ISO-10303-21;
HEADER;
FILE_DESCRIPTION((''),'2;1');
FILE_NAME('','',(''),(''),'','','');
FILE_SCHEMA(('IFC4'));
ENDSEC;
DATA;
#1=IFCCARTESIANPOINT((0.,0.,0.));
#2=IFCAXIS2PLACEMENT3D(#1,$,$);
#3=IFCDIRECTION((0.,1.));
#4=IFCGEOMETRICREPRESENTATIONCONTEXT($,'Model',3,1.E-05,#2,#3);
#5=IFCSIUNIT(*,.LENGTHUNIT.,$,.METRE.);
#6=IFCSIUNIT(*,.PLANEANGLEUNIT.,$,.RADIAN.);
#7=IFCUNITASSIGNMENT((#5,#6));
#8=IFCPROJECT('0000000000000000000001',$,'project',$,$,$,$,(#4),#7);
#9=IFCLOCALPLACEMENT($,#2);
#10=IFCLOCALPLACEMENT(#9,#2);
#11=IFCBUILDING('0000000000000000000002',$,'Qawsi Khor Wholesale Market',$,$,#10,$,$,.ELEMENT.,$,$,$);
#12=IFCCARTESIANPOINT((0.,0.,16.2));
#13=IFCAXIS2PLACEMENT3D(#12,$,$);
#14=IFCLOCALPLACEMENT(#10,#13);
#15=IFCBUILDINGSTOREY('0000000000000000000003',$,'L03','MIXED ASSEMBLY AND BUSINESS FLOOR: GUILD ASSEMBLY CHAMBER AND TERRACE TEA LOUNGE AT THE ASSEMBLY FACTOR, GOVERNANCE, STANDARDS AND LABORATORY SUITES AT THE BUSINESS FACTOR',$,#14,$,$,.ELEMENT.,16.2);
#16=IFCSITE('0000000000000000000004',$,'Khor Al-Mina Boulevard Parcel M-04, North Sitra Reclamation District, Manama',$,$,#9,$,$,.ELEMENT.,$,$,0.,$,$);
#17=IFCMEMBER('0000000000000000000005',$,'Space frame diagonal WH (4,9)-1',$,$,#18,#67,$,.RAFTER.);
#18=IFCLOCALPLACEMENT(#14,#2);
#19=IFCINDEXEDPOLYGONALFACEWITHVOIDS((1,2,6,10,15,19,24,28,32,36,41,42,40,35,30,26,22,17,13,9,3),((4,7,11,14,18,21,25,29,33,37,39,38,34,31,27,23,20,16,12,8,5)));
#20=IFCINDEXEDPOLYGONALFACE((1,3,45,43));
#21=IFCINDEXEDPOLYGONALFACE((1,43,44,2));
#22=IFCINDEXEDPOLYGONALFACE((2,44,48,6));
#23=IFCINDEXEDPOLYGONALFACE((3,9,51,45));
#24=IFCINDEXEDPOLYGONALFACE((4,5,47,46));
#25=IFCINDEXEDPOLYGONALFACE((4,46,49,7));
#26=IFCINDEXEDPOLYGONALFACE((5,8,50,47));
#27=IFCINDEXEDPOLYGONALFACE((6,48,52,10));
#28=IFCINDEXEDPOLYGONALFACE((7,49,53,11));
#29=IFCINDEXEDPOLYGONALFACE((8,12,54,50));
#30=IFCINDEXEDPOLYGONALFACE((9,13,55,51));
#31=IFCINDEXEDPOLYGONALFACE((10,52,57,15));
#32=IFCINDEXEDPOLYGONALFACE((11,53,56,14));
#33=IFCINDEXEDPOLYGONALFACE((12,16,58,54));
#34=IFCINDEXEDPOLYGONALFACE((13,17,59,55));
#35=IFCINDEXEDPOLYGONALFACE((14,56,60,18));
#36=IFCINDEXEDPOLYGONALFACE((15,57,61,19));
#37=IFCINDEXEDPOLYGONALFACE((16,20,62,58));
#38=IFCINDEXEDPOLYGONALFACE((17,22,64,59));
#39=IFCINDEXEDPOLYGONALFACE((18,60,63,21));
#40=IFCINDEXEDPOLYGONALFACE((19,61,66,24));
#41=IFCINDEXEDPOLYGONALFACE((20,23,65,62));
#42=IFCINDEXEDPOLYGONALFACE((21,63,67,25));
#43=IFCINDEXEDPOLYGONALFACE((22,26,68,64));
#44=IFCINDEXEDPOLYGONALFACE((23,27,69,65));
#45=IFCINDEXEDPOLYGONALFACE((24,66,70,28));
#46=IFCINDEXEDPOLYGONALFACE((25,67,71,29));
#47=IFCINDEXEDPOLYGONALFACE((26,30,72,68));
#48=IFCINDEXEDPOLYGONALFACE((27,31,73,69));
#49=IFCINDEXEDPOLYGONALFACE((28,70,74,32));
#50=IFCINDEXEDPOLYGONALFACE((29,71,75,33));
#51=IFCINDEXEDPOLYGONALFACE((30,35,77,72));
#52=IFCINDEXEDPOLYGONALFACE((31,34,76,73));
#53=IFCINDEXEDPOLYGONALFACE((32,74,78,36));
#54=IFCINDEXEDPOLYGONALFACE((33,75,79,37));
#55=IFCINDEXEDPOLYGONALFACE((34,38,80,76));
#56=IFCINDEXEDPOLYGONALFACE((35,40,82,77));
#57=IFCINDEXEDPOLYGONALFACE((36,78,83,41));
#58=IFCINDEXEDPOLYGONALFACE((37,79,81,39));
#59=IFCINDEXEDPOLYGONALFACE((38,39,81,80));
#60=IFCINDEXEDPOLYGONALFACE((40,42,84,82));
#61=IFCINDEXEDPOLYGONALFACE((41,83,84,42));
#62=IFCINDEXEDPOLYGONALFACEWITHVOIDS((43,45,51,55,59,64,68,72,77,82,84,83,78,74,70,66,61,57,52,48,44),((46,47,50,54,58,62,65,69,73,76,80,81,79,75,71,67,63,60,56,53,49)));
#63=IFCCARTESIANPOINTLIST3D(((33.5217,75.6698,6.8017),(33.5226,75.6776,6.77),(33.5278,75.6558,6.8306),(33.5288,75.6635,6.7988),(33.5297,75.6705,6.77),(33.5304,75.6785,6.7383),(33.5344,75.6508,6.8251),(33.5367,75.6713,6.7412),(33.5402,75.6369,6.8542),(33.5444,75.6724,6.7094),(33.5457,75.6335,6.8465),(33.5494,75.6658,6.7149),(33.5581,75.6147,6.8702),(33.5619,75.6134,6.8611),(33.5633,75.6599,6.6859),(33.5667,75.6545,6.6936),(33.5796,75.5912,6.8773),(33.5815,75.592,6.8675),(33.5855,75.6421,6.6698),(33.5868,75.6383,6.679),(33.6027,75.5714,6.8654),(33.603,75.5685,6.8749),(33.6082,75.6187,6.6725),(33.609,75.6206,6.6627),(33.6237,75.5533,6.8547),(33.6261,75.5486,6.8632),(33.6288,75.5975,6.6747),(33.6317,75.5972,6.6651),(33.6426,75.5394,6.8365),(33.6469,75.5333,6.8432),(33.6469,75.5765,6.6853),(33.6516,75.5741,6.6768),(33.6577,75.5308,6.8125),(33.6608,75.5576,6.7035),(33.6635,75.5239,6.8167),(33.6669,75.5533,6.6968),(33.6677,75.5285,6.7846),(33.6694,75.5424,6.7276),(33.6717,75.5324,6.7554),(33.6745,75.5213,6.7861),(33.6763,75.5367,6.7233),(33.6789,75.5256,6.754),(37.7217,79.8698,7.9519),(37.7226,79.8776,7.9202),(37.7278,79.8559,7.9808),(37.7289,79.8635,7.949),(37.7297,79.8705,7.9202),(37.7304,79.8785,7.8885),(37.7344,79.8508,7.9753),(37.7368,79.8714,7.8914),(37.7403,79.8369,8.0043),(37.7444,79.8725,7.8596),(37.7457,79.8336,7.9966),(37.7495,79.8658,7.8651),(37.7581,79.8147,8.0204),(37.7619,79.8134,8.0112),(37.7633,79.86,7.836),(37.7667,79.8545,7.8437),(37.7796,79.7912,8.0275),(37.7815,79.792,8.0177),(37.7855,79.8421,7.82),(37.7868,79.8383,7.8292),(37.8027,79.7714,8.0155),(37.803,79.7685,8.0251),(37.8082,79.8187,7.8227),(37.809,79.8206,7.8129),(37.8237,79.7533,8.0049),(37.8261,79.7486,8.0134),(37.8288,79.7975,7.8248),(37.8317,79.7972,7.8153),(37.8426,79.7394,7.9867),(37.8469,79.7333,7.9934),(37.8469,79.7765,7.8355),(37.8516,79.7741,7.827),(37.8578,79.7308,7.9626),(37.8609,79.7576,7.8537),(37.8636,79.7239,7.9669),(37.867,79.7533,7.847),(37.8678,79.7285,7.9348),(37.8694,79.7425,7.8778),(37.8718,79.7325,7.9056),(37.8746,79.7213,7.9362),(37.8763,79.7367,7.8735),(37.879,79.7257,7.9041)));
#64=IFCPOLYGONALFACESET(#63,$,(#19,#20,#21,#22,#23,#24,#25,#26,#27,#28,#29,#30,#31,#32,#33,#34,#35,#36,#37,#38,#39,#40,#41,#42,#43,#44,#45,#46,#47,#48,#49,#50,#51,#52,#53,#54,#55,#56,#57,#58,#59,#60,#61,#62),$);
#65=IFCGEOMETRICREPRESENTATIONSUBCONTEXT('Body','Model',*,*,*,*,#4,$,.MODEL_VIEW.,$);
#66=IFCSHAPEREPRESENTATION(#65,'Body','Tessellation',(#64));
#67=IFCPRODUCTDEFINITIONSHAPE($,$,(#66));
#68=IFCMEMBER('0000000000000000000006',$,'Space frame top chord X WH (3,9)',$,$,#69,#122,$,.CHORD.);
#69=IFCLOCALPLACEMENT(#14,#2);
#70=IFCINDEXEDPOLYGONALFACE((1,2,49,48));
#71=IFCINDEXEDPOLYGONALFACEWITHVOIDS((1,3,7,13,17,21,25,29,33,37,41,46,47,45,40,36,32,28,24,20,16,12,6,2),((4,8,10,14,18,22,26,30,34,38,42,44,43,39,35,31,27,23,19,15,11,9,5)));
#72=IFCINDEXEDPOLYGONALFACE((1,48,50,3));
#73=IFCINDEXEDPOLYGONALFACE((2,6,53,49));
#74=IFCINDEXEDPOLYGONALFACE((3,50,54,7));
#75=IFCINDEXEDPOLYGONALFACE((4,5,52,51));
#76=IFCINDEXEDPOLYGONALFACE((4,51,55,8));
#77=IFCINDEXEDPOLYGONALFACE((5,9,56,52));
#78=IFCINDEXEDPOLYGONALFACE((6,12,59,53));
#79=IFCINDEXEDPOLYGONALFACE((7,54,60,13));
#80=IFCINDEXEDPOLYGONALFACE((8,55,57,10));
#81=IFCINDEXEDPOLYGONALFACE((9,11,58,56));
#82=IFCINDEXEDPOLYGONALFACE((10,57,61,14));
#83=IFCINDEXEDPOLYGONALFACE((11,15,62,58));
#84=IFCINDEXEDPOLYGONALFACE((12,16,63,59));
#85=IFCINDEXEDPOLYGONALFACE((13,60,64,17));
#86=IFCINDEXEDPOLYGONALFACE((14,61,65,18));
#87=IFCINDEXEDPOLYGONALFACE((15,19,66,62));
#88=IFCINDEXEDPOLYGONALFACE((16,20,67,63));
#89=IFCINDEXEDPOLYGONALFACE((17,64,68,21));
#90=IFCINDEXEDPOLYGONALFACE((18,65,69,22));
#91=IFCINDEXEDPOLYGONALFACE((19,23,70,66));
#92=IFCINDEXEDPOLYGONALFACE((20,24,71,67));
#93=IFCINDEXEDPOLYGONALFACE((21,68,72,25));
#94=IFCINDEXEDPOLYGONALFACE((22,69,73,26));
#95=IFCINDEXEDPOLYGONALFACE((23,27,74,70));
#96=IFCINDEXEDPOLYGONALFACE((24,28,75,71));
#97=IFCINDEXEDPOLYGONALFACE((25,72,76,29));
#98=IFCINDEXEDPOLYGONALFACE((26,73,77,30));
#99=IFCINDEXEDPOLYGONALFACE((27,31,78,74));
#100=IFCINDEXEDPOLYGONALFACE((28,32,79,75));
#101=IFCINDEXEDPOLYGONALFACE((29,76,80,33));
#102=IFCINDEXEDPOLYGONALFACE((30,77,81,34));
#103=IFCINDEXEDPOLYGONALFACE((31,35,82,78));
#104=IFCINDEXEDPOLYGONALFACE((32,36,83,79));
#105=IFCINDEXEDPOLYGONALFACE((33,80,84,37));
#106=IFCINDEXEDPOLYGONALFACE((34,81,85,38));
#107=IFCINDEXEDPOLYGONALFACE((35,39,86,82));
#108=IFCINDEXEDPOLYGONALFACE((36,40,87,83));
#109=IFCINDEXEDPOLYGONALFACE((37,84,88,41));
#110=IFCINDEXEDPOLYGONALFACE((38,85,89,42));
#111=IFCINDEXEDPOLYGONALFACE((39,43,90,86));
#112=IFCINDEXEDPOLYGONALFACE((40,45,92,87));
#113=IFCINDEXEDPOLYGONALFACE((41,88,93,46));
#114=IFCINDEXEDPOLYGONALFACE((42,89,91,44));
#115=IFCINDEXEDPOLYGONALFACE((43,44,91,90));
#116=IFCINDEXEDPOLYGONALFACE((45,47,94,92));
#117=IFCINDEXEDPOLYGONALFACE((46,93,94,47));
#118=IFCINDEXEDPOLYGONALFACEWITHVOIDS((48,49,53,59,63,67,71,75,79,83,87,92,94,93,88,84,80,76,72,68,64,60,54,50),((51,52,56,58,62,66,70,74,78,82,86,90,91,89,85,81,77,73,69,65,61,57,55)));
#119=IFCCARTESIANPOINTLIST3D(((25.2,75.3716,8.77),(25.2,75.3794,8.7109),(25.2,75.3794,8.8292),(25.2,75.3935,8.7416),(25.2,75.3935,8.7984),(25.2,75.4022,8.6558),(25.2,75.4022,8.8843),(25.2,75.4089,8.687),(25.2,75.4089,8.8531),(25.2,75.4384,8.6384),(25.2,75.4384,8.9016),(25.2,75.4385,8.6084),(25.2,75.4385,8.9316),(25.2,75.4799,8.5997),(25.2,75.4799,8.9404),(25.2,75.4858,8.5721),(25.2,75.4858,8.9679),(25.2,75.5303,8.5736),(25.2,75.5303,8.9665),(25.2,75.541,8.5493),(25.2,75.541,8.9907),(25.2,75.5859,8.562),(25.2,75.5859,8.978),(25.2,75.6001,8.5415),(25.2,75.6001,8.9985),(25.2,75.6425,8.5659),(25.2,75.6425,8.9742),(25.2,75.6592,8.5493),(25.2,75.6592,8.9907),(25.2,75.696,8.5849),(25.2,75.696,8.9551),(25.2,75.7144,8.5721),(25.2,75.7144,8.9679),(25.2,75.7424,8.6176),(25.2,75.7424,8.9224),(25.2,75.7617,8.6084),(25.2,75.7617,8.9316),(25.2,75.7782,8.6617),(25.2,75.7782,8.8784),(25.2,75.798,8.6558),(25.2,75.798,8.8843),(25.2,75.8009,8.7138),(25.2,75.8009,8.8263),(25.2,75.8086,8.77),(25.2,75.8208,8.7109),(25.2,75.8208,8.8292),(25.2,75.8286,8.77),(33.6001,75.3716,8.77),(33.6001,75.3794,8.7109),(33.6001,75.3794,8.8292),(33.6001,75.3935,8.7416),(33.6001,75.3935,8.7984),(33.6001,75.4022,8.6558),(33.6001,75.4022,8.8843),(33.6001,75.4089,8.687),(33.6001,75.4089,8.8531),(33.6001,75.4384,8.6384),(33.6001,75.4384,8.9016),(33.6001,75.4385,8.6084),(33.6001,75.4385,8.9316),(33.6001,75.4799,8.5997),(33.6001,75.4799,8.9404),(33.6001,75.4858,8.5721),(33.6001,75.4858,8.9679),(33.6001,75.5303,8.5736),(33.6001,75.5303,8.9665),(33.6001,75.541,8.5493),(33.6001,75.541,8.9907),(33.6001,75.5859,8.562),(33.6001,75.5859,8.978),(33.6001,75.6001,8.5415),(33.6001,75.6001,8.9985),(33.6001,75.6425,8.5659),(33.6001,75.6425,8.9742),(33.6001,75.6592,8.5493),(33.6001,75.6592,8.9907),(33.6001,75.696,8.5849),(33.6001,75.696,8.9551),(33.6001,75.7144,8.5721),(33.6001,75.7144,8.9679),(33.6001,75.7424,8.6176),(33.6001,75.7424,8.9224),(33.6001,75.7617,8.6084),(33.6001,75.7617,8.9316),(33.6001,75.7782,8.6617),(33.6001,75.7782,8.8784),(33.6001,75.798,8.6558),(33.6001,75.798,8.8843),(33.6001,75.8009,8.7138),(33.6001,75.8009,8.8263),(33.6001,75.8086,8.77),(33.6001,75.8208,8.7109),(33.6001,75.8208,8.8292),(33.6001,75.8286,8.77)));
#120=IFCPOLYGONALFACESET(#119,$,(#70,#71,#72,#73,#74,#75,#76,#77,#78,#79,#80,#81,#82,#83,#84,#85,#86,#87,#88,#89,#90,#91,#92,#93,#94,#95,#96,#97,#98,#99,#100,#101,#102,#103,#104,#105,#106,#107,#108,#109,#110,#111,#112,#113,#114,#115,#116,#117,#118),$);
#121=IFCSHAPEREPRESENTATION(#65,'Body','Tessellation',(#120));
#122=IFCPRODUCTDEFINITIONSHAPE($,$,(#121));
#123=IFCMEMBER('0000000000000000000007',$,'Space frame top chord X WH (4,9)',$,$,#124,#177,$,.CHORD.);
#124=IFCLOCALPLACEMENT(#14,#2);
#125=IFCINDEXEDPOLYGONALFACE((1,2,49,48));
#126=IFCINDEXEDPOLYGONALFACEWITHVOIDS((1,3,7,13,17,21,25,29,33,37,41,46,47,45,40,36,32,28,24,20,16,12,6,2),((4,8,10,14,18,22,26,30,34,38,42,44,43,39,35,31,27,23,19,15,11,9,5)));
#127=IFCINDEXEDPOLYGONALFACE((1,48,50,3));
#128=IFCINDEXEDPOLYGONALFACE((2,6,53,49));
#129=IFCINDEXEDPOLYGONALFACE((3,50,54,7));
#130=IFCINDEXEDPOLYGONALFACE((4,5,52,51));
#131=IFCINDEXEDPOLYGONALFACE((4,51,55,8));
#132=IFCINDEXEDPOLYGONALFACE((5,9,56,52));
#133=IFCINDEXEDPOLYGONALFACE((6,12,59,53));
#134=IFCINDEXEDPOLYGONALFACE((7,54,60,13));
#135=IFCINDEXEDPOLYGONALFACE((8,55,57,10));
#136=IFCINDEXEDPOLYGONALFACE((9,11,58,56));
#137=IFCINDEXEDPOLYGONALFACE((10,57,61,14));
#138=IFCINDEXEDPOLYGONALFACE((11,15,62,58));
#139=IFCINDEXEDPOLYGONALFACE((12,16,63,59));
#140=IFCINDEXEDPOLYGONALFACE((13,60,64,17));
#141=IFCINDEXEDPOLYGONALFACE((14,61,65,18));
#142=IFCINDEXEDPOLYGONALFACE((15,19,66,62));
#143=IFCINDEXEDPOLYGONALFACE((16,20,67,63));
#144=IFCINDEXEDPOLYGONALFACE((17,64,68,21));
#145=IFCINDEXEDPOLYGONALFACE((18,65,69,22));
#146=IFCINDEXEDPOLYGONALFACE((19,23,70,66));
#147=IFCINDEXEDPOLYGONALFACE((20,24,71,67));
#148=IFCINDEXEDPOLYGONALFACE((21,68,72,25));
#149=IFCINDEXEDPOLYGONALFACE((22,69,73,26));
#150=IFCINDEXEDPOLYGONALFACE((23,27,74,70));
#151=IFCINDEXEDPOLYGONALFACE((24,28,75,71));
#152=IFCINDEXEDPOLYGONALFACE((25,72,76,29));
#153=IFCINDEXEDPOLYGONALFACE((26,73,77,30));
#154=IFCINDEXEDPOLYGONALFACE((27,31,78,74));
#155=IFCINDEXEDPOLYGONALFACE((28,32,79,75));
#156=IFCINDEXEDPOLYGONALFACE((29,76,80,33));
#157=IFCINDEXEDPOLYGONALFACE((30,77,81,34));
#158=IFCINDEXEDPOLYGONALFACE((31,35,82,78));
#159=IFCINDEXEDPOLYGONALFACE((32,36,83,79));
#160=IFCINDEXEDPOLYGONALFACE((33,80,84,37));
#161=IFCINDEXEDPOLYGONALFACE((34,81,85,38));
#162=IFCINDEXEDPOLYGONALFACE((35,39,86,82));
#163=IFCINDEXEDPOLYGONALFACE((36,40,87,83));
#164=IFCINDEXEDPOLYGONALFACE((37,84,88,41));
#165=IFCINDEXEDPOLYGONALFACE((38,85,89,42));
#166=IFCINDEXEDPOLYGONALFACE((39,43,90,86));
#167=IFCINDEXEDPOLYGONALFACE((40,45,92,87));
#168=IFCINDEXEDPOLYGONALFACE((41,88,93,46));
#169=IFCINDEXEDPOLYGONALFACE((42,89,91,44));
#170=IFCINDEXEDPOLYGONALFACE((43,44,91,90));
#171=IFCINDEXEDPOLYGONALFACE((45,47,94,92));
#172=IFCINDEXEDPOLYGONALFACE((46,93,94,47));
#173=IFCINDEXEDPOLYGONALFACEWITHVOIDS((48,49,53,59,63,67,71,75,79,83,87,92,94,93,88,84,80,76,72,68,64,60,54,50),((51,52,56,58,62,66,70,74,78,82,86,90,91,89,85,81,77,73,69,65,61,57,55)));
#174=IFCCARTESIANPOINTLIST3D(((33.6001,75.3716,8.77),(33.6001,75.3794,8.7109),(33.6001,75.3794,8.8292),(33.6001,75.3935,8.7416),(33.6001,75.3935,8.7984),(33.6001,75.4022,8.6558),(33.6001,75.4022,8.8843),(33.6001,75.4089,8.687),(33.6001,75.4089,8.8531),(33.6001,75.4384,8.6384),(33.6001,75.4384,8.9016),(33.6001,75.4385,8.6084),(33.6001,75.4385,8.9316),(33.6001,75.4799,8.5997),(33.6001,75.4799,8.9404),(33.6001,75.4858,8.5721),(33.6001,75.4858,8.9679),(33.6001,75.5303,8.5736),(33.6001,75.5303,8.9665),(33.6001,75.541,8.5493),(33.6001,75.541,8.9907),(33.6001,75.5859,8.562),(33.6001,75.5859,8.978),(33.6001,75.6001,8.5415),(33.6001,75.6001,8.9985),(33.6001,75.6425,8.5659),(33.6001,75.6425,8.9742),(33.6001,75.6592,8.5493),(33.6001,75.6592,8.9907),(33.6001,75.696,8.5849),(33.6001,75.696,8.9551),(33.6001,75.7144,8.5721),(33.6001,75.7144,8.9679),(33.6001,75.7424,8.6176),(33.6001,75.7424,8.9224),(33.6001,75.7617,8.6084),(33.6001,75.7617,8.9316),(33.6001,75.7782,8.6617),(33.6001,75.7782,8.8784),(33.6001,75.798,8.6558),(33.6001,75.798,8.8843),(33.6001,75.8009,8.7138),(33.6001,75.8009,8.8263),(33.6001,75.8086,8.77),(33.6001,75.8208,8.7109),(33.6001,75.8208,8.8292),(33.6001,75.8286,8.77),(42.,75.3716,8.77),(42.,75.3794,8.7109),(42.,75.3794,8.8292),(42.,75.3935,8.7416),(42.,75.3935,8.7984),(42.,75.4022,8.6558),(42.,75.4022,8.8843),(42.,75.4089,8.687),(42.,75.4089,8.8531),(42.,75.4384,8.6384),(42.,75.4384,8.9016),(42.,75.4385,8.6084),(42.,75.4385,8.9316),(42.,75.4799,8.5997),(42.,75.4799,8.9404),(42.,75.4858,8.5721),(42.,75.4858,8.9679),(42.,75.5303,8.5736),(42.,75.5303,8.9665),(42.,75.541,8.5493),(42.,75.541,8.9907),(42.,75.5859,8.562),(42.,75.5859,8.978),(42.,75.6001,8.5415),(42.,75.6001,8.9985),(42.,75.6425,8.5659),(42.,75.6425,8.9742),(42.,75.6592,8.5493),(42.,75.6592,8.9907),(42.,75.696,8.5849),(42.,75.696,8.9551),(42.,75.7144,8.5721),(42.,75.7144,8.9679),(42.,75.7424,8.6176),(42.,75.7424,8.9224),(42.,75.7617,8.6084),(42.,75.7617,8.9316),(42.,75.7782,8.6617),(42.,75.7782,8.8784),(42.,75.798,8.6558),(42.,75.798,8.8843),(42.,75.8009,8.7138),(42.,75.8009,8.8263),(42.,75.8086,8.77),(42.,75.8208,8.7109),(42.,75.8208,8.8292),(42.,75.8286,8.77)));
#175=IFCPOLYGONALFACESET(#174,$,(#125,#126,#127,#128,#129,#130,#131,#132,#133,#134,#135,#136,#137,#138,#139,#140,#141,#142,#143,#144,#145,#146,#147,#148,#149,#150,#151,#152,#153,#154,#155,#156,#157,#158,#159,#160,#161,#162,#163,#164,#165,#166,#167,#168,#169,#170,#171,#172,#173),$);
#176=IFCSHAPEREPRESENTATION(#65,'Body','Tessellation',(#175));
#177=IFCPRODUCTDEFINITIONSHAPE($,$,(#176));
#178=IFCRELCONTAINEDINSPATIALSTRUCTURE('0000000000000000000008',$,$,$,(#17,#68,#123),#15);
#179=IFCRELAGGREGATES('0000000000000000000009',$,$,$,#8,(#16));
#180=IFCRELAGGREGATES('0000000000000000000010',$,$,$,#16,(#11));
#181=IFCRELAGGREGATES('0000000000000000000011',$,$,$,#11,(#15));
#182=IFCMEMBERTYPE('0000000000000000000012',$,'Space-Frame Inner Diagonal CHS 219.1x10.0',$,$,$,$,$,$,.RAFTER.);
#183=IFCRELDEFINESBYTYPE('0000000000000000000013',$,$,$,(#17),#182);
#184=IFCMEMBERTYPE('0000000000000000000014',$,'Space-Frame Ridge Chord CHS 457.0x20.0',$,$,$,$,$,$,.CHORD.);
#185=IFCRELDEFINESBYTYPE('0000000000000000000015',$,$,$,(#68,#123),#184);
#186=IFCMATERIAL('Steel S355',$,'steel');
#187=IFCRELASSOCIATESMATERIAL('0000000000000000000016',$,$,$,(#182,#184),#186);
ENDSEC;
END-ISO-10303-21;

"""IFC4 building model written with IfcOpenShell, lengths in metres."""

from ifc_helpers import new_model, si_unit, direction, frame, origin, origin_2d, place, context, subcontext, project, spatial, hollow_circle, extrude, material, material_profile, profile_set, type_object, element, save


model = new_model("IFC4")

# Units and contexts
model_context = context("Model", 3, precision=1e-05, world=origin(), true_north=direction((0.0, 1.0)))
body_context = subcontext(model_context, "Body", "Model", "MODEL_VIEW")
ifc_project = project(units=[si_unit("LENGTHUNIT", "METRE"), si_unit("PLANEANGLEUNIT", "RADIAN")], contexts=[model_context])

# Site, building, storey
site_placement = place(None, origin())
site = spatial("IfcSite", under=ifc_project, at=site_placement, Name="Khor Al-Mina Boulevard Parcel M-04, North Sitra Reclamation District, Manama", CompositionType="ELEMENT", RefElevation=0.0)
building_placement = place(site_placement, origin())
building = spatial("IfcBuilding", under=site, at=building_placement, Name="Qawsi Khor Wholesale Market", CompositionType="ELEMENT")
storey_placement = place(building_placement, frame((0.0, 0.0, 16.2)))
storey = spatial("IfcBuildingStorey", under=building, at=storey_placement, Name="L03", Description="MIXED ASSEMBLY AND BUSINESS FLOOR: GUILD ASSEMBLY CHAMBER AND TERRACE TEA LOUNGE AT THE ASSEMBLY FACTOR, GOVERNANCE, STANDARDS AND LABORATORY SUITES AT THE BUSINESS FACTOR", CompositionType="ELEMENT", Elevation=16.2)

# Members
ifc_material_1 = material(Name="Steel S355", Category="steel")
ifc_material_profile_1 = material_profile(ifc_material_1, hollow_circle(Radius=0.1096, WallThickness=0.01, at=origin_2d()), Name="CHS 219.1x10.0")
ifc_profile_set_1 = profile_set([ifc_material_profile_1], Name="Steel S355")
member_type_1 = type_object("IfcMemberType", Name="Space-Frame Inner Diagonal CHS 219.1x10.0", PredefinedType="RAFTER", material=ifc_profile_set_1)
for number, where, z_axis, x_axis, name in (
    (1, (33.6001, 75.6001, 6.77), (0.694211, 0.694211, 0.190108), (-0.707107, 0.707107, 0.0), "Space frame diagonal WH (4,9)-1"),
):
    element("IfcMember", number, at=place(storey_placement, frame(where, z_axis=z_axis, x_axis=x_axis)), inside=storey, type_object=member_type_1, Name=name, PredefinedType="RAFTER", context=body_context, shape_type="SweptSolid", body=[
        extrude(hollow_circle(Radius=0.1096, WallThickness=0.01, at=origin_2d()), origin(), (0.0, 0.0, 1.0), 6.05),
    ])
ifc_material_profile_2 = material_profile(ifc_material_1, hollow_circle(Radius=0.2285, WallThickness=0.02, at=origin_2d()), Name="CHS 457.0x20.0")
ifc_profile_set_2 = profile_set([ifc_material_profile_2], Name="Steel S355")
member_type_2 = type_object("IfcMemberType", Name="Space-Frame Ridge Chord CHS 457.0x20.0", PredefinedType="CHORD", material=ifc_profile_set_2)
member_1_placement = place(storey_placement, frame((25.2, 75.6001, 8.77), z_axis=(1.0, 0.0, 0.0), x_axis=(0.0, 1.0, 0.0)))
element("IfcMember", 2, at=member_1_placement, inside=storey, type_object=member_type_2, Name="Space frame top chord X WH (3,9)", PredefinedType="CHORD", context=body_context, shape_type="SweptSolid", body=[
    extrude(hollow_circle(Radius=0.2285, WallThickness=0.02, at=origin_2d()), origin(), (0.0, 0.0, 1.0), 8.4001),
])
member_2_placement = place(storey_placement, frame((33.6001, 75.6001, 8.77), z_axis=(1.0, 0.0, 0.0), x_axis=(0.0, 1.0, 0.0)))
element("IfcMember", 3, at=member_2_placement, inside=storey, type_object=member_type_2, Name="Space frame top chord X WH (4,9)", PredefinedType="CHORD", context=body_context, shape_type="SweptSolid", body=[
    extrude(hollow_circle(Radius=0.2285, WallThickness=0.02, at=origin_2d()), origin(), (0.0, 0.0, 1.0), 8.3999),
])

save(model, "model.ifc")
